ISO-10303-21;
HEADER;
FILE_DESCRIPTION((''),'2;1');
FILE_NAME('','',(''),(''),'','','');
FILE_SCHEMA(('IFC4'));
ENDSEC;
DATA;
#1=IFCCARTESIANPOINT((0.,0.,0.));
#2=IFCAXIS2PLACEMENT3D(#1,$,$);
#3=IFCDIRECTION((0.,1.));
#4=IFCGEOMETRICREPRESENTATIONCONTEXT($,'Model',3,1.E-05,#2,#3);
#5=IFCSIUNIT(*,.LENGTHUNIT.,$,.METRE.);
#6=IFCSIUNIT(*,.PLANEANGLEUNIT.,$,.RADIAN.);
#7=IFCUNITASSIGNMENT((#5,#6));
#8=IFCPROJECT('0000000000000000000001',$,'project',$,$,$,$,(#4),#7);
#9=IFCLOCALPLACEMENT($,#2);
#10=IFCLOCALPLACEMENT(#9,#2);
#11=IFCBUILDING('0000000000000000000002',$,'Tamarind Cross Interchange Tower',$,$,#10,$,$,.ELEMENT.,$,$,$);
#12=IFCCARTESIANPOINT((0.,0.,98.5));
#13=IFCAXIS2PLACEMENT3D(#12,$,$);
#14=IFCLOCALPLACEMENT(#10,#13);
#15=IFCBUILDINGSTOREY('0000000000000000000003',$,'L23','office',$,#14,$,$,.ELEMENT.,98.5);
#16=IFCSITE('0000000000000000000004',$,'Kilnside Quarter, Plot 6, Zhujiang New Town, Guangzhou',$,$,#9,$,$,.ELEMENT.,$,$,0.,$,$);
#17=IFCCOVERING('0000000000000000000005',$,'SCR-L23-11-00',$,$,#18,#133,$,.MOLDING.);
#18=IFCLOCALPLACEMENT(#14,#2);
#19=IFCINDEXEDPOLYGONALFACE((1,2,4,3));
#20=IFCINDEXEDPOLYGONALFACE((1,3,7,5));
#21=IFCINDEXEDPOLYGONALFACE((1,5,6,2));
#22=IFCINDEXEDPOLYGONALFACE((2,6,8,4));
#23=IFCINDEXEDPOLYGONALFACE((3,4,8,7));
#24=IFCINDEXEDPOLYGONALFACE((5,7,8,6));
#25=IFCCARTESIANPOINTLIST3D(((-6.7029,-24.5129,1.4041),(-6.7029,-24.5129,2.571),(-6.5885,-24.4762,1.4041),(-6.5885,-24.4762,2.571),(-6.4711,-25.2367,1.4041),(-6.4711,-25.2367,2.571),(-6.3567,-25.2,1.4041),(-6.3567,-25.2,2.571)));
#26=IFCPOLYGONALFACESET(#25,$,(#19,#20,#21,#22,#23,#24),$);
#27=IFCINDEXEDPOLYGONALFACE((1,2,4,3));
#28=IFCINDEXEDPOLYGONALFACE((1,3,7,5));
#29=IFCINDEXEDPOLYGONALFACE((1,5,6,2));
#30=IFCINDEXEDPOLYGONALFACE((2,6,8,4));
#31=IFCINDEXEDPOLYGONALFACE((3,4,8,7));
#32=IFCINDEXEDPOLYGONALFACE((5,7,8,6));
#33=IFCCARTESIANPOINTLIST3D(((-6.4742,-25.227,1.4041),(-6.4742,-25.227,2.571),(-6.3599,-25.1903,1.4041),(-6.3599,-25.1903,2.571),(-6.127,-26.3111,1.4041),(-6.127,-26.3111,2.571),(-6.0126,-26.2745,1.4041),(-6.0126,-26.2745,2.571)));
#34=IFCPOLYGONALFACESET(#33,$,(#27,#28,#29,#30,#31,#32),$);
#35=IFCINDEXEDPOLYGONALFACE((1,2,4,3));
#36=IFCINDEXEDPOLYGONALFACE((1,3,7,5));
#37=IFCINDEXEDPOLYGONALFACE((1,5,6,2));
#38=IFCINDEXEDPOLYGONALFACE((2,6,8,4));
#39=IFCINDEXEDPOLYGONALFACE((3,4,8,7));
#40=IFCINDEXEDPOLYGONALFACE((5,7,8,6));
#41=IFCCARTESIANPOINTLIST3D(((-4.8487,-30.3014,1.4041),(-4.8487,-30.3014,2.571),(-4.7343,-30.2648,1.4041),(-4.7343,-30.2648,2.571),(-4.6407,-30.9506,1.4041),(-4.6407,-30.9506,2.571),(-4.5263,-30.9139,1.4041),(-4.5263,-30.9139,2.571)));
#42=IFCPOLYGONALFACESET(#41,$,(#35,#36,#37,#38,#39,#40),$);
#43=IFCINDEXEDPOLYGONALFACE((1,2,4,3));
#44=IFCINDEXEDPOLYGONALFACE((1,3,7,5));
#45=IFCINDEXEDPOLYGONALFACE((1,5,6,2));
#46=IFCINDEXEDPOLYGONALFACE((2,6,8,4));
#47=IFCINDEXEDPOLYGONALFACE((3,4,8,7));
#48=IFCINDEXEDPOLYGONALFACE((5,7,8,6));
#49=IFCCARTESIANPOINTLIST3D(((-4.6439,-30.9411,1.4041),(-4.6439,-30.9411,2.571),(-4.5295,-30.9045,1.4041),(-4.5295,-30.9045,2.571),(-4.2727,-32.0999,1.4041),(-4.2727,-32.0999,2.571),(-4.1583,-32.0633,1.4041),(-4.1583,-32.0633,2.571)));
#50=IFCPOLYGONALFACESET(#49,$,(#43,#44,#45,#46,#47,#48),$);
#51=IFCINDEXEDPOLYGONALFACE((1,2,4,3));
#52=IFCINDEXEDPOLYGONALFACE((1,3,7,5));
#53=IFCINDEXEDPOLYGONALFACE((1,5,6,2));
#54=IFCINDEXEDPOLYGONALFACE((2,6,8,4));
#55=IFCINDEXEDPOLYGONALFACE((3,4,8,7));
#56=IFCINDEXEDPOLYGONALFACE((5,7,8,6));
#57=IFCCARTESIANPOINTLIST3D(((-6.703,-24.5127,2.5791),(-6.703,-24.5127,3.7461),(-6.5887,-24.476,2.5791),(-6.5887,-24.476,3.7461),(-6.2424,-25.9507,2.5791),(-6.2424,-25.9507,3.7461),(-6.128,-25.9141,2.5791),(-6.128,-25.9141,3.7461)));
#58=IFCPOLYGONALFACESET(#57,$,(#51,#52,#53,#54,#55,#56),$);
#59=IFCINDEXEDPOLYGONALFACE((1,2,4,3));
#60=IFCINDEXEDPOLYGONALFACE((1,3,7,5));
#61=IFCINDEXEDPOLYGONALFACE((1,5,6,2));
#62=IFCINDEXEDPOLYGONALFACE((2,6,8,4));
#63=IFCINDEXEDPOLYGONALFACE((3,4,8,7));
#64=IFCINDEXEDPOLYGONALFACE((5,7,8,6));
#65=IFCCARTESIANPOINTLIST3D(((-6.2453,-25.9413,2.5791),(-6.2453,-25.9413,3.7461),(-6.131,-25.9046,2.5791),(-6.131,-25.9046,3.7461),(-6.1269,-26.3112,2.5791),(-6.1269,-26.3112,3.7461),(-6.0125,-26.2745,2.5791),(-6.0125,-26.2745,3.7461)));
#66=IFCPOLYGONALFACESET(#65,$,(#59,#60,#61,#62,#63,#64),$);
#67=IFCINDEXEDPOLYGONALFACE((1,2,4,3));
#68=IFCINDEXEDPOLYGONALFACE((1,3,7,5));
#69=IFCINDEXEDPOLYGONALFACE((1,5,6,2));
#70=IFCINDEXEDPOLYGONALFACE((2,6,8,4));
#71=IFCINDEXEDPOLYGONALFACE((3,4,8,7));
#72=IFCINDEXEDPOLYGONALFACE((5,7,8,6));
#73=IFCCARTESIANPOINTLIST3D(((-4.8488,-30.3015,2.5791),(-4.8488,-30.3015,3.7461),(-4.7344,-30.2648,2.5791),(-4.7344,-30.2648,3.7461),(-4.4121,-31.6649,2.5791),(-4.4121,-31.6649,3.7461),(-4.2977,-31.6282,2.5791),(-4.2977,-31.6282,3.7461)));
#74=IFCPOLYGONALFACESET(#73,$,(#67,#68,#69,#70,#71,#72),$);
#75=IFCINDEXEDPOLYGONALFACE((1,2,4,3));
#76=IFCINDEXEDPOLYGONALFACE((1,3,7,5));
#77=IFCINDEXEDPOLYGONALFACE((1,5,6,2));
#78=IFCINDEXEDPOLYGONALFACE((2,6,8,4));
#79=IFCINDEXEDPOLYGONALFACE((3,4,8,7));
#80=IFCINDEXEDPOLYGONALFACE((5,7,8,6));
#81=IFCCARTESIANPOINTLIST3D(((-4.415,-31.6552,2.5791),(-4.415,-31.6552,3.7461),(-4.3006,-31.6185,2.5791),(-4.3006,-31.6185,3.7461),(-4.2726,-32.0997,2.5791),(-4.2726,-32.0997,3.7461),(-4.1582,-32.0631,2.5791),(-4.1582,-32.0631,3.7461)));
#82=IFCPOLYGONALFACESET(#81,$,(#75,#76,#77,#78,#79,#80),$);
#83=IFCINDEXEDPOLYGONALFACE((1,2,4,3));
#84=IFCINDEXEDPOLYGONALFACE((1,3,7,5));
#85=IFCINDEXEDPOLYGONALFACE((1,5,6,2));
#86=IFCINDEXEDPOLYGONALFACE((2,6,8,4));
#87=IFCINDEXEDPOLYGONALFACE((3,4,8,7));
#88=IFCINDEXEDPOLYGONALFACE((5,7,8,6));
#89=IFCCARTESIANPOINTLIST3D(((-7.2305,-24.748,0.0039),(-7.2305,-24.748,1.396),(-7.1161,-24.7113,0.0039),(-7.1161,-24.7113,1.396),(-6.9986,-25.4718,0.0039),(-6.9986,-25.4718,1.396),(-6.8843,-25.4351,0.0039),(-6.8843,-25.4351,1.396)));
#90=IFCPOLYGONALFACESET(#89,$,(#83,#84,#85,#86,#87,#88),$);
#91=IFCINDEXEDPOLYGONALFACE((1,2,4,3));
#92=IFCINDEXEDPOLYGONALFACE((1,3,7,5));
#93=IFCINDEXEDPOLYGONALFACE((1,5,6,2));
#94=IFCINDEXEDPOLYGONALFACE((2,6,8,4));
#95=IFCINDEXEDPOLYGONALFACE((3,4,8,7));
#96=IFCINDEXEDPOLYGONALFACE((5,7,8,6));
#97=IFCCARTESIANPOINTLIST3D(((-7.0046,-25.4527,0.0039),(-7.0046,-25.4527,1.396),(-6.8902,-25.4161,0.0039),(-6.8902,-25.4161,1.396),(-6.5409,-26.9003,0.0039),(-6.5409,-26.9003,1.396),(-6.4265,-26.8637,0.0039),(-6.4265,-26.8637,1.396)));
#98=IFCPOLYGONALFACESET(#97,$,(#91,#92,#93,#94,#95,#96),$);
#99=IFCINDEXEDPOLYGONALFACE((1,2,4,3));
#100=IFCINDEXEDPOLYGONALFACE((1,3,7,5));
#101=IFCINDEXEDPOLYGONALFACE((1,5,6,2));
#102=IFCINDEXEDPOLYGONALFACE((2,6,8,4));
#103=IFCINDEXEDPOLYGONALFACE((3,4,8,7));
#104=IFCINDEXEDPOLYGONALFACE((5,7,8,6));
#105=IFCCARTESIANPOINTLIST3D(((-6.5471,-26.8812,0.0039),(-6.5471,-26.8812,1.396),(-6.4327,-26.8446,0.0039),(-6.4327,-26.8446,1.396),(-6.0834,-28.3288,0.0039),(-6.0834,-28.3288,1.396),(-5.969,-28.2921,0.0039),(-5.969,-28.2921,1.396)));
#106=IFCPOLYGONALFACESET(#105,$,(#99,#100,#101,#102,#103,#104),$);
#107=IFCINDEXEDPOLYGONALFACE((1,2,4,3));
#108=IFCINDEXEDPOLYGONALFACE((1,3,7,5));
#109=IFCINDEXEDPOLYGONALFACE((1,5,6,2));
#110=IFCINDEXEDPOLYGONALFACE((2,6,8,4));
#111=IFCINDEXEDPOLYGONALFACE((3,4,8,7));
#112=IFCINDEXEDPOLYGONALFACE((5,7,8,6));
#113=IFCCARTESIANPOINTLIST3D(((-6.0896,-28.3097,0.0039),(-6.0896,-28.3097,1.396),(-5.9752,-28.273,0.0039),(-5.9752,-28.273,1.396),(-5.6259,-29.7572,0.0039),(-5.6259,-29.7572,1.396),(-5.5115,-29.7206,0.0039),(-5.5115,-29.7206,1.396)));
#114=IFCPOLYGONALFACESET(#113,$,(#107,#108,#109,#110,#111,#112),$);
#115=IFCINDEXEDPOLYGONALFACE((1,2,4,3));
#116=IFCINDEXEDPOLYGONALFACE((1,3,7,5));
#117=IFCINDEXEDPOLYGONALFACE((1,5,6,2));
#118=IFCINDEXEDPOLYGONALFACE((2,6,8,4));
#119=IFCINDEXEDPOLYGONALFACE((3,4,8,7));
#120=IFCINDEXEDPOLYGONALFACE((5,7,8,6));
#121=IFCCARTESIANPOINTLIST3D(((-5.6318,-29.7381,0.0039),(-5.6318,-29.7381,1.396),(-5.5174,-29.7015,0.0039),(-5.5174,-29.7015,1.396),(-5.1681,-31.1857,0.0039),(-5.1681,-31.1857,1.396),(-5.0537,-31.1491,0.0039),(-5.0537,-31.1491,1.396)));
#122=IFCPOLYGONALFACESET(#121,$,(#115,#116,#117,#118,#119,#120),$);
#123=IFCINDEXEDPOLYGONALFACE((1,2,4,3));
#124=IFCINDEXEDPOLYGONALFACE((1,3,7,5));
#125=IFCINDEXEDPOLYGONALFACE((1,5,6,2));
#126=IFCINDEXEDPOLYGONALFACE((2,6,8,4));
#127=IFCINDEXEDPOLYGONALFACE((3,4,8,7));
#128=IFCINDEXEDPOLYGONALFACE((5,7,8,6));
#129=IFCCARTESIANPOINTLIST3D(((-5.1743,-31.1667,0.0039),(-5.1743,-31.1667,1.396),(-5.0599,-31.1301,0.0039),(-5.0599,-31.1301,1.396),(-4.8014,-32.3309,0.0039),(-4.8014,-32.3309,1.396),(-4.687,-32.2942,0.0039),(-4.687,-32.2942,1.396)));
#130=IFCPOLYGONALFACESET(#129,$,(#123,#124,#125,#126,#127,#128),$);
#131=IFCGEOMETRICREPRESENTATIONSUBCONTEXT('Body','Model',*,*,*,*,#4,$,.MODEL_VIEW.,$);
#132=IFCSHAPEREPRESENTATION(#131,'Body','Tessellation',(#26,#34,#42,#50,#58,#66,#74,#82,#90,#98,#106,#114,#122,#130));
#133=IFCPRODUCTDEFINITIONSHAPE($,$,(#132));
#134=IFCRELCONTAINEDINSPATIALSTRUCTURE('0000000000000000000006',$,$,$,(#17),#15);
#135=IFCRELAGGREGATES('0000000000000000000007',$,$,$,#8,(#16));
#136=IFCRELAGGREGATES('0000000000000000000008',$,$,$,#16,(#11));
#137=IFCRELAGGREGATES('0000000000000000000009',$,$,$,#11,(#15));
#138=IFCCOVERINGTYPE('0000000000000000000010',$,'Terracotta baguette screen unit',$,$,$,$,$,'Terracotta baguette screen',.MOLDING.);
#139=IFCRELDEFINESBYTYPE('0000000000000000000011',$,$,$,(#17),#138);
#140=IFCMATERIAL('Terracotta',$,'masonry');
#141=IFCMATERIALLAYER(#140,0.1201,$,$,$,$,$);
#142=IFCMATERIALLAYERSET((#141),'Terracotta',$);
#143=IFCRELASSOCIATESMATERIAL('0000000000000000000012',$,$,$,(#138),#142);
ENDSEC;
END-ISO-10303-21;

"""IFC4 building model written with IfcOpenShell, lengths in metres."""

from ifc_helpers import new_model, si_unit, direction, frame, origin, origin_2d, place, context, subcontext, project, spatial, rectangle, extrude, material, layer, layer_set, type_object, element, save


model = new_model("IFC4")

# Units and contexts
model_context = context("Model", 3, precision=1e-05, world=origin(), true_north=direction((0.0, 1.0)))
body_context = subcontext(model_context, "Body", "Model", "MODEL_VIEW")
ifc_project = project(units=[si_unit("LENGTHUNIT", "METRE"), si_unit("PLANEANGLEUNIT", "RADIAN")], contexts=[model_context])

# Site, building, storey
site_placement = place(None, origin())
site = spatial("IfcSite", under=ifc_project, at=site_placement, Name="Kilnside Quarter, Plot 6, Zhujiang New Town, Guangzhou", CompositionType="ELEMENT", RefElevation=0.0)
building_placement = place(site_placement, origin())
building = spatial("IfcBuilding", under=site, at=building_placement, Name="Tamarind Cross Interchange Tower", CompositionType="ELEMENT")
storey_placement = place(building_placement, frame((0.0, 0.0, 98.5)))
storey = spatial("IfcBuildingStorey", under=building, at=storey_placement, Name="L23", Description="office", CompositionType="ELEMENT", Elevation=98.5)

# Covering
ifc_material_1 = material(Name="Terracotta", Category="masonry")
ifc_layer_1 = layer(ifc_material_1, 0.1201)
ifc_layer_set_1 = layer_set([ifc_layer_1], Name="Terracotta")
covering_type = type_object("IfcCoveringType", Name="Terracotta baguette screen unit", ElementType="Terracotta baguette screen", PredefinedType="MOLDING", material=ifc_layer_set_1)
covering_1_placement = place(storey_placement, origin())
element("IfcCovering", 1, at=covering_1_placement, inside=storey, type_object=covering_type, Name="SCR-L23-11-00", PredefinedType="MOLDING", context=body_context, shape_type="SweptSolid", body=[
    extrude(rectangle(XDim=0.76, YDim=0.1201, at=origin_2d()), frame((-6.5298, -24.8564, 1.4041), z_axis=(0.0, 0.0, 1.0), x_axis=(0.305057, -0.952334, 0.0)), (0.0, 0.0, 1.0), 1.167),
    extrude(rectangle(XDim=1.1384, YDim=0.1201, at=origin_2d()), frame((-6.2434, -25.7507, 1.4041), z_axis=(0.0, 0.0, 1.0), x_axis=(0.305057, -0.952334, 0.0)), (0.0, 0.0, 1.0), 1.167),
    extrude(rectangle(XDim=0.6816, YDim=0.1201, at=origin_2d()), frame((-4.6875, -30.6077, 1.4041), z_axis=(0.0, 0.0, 1.0), x_axis=(0.305057, -0.952334, 0.0)), (0.0, 0.0, 1.0), 1.167),
    extrude(rectangle(XDim=1.2168, YDim=0.1201, at=origin_2d()), frame((-4.4011, -31.5022, 1.4041), z_axis=(0.0, 0.0, 1.0), x_axis=(0.305057, -0.952334, 0.0)), (0.0, 0.0, 1.0), 1.167),
    extrude(rectangle(XDim=1.51, YDim=0.1201, at=origin_2d()), frame((-6.4155, -25.2134, 2.5791), z_axis=(0.0, 0.0, 1.0), x_axis=(0.305057, -0.952334, 0.0)), (0.0, 0.0, 1.0), 1.167),
    extrude(rectangle(XDim=0.3884, YDim=0.1201, at=origin_2d()), frame((-6.1289, -26.1079, 2.5791), z_axis=(0.0, 0.0, 1.0), x_axis=(0.305057, -0.952334, 0.0)), (0.0, 0.0, 1.0), 1.167),
    extrude(rectangle(XDim=1.4316, YDim=0.1201, at=origin_2d()), frame((-4.5732, -30.9648, 2.5791), z_axis=(0.0, 0.0, 1.0), x_axis=(0.305057, -0.952334, 0.0)), (0.0, 0.0, 1.0), 1.167),
    extrude(rectangle(XDim=0.4668, YDim=0.1201, at=origin_2d()), frame((-4.2866, -31.8591, 2.5791), z_axis=(0.0, 0.0, 1.0), x_axis=(0.305057, -0.952334, 0.0)), (0.0, 0.0, 1.0), 1.167),
    extrude(rectangle(XDim=0.76, YDim=0.1201, at=origin_2d()), frame((-7.0574, -25.0916, 0.0039), z_axis=(0.0, 0.0, 1.0), x_axis=(0.305057, -0.952334, 0.0)), (0.0, 0.0, 1.0), 1.3921),
    extrude(rectangle(XDim=1.52, YDim=0.1201, at=origin_2d()), frame((-6.7156, -26.1582, 0.0039), z_axis=(0.0, 0.0, 1.0), x_axis=(0.305057, -0.952334, 0.0)), (0.0, 0.0, 1.0), 1.3921),
    extrude(rectangle(XDim=1.52, YDim=0.1201, at=origin_2d()), frame((-6.2581, -27.5867, 0.0039), z_axis=(0.0, 0.0, 1.0), x_axis=(0.305057, -0.952334, 0.0)), (0.0, 0.0, 1.0), 1.3921),
    extrude(rectangle(XDim=1.52, YDim=0.1201, at=origin_2d()), frame((-5.8005, -29.0151, 0.0039), z_axis=(0.0, 0.0, 1.0), x_axis=(0.305057, -0.952334, 0.0)), (0.0, 0.0, 1.0), 1.3921),
    extrude(rectangle(XDim=1.52, YDim=0.1201, at=origin_2d()), frame((-5.3428, -30.4436, 0.0039), z_axis=(0.0, 0.0, 1.0), x_axis=(0.305057, -0.952334, 0.0)), (0.0, 0.0, 1.0), 1.3921),
    extrude(rectangle(XDim=1.2224, YDim=0.1201, at=origin_2d()), frame((-4.9307, -31.7305, 0.0039), z_axis=(0.0, 0.0, 1.0), x_axis=(0.305057, -0.952334, 0.0)), (0.0, 0.0, 1.0), 1.3921),
])

save(model, "model.ifc")
